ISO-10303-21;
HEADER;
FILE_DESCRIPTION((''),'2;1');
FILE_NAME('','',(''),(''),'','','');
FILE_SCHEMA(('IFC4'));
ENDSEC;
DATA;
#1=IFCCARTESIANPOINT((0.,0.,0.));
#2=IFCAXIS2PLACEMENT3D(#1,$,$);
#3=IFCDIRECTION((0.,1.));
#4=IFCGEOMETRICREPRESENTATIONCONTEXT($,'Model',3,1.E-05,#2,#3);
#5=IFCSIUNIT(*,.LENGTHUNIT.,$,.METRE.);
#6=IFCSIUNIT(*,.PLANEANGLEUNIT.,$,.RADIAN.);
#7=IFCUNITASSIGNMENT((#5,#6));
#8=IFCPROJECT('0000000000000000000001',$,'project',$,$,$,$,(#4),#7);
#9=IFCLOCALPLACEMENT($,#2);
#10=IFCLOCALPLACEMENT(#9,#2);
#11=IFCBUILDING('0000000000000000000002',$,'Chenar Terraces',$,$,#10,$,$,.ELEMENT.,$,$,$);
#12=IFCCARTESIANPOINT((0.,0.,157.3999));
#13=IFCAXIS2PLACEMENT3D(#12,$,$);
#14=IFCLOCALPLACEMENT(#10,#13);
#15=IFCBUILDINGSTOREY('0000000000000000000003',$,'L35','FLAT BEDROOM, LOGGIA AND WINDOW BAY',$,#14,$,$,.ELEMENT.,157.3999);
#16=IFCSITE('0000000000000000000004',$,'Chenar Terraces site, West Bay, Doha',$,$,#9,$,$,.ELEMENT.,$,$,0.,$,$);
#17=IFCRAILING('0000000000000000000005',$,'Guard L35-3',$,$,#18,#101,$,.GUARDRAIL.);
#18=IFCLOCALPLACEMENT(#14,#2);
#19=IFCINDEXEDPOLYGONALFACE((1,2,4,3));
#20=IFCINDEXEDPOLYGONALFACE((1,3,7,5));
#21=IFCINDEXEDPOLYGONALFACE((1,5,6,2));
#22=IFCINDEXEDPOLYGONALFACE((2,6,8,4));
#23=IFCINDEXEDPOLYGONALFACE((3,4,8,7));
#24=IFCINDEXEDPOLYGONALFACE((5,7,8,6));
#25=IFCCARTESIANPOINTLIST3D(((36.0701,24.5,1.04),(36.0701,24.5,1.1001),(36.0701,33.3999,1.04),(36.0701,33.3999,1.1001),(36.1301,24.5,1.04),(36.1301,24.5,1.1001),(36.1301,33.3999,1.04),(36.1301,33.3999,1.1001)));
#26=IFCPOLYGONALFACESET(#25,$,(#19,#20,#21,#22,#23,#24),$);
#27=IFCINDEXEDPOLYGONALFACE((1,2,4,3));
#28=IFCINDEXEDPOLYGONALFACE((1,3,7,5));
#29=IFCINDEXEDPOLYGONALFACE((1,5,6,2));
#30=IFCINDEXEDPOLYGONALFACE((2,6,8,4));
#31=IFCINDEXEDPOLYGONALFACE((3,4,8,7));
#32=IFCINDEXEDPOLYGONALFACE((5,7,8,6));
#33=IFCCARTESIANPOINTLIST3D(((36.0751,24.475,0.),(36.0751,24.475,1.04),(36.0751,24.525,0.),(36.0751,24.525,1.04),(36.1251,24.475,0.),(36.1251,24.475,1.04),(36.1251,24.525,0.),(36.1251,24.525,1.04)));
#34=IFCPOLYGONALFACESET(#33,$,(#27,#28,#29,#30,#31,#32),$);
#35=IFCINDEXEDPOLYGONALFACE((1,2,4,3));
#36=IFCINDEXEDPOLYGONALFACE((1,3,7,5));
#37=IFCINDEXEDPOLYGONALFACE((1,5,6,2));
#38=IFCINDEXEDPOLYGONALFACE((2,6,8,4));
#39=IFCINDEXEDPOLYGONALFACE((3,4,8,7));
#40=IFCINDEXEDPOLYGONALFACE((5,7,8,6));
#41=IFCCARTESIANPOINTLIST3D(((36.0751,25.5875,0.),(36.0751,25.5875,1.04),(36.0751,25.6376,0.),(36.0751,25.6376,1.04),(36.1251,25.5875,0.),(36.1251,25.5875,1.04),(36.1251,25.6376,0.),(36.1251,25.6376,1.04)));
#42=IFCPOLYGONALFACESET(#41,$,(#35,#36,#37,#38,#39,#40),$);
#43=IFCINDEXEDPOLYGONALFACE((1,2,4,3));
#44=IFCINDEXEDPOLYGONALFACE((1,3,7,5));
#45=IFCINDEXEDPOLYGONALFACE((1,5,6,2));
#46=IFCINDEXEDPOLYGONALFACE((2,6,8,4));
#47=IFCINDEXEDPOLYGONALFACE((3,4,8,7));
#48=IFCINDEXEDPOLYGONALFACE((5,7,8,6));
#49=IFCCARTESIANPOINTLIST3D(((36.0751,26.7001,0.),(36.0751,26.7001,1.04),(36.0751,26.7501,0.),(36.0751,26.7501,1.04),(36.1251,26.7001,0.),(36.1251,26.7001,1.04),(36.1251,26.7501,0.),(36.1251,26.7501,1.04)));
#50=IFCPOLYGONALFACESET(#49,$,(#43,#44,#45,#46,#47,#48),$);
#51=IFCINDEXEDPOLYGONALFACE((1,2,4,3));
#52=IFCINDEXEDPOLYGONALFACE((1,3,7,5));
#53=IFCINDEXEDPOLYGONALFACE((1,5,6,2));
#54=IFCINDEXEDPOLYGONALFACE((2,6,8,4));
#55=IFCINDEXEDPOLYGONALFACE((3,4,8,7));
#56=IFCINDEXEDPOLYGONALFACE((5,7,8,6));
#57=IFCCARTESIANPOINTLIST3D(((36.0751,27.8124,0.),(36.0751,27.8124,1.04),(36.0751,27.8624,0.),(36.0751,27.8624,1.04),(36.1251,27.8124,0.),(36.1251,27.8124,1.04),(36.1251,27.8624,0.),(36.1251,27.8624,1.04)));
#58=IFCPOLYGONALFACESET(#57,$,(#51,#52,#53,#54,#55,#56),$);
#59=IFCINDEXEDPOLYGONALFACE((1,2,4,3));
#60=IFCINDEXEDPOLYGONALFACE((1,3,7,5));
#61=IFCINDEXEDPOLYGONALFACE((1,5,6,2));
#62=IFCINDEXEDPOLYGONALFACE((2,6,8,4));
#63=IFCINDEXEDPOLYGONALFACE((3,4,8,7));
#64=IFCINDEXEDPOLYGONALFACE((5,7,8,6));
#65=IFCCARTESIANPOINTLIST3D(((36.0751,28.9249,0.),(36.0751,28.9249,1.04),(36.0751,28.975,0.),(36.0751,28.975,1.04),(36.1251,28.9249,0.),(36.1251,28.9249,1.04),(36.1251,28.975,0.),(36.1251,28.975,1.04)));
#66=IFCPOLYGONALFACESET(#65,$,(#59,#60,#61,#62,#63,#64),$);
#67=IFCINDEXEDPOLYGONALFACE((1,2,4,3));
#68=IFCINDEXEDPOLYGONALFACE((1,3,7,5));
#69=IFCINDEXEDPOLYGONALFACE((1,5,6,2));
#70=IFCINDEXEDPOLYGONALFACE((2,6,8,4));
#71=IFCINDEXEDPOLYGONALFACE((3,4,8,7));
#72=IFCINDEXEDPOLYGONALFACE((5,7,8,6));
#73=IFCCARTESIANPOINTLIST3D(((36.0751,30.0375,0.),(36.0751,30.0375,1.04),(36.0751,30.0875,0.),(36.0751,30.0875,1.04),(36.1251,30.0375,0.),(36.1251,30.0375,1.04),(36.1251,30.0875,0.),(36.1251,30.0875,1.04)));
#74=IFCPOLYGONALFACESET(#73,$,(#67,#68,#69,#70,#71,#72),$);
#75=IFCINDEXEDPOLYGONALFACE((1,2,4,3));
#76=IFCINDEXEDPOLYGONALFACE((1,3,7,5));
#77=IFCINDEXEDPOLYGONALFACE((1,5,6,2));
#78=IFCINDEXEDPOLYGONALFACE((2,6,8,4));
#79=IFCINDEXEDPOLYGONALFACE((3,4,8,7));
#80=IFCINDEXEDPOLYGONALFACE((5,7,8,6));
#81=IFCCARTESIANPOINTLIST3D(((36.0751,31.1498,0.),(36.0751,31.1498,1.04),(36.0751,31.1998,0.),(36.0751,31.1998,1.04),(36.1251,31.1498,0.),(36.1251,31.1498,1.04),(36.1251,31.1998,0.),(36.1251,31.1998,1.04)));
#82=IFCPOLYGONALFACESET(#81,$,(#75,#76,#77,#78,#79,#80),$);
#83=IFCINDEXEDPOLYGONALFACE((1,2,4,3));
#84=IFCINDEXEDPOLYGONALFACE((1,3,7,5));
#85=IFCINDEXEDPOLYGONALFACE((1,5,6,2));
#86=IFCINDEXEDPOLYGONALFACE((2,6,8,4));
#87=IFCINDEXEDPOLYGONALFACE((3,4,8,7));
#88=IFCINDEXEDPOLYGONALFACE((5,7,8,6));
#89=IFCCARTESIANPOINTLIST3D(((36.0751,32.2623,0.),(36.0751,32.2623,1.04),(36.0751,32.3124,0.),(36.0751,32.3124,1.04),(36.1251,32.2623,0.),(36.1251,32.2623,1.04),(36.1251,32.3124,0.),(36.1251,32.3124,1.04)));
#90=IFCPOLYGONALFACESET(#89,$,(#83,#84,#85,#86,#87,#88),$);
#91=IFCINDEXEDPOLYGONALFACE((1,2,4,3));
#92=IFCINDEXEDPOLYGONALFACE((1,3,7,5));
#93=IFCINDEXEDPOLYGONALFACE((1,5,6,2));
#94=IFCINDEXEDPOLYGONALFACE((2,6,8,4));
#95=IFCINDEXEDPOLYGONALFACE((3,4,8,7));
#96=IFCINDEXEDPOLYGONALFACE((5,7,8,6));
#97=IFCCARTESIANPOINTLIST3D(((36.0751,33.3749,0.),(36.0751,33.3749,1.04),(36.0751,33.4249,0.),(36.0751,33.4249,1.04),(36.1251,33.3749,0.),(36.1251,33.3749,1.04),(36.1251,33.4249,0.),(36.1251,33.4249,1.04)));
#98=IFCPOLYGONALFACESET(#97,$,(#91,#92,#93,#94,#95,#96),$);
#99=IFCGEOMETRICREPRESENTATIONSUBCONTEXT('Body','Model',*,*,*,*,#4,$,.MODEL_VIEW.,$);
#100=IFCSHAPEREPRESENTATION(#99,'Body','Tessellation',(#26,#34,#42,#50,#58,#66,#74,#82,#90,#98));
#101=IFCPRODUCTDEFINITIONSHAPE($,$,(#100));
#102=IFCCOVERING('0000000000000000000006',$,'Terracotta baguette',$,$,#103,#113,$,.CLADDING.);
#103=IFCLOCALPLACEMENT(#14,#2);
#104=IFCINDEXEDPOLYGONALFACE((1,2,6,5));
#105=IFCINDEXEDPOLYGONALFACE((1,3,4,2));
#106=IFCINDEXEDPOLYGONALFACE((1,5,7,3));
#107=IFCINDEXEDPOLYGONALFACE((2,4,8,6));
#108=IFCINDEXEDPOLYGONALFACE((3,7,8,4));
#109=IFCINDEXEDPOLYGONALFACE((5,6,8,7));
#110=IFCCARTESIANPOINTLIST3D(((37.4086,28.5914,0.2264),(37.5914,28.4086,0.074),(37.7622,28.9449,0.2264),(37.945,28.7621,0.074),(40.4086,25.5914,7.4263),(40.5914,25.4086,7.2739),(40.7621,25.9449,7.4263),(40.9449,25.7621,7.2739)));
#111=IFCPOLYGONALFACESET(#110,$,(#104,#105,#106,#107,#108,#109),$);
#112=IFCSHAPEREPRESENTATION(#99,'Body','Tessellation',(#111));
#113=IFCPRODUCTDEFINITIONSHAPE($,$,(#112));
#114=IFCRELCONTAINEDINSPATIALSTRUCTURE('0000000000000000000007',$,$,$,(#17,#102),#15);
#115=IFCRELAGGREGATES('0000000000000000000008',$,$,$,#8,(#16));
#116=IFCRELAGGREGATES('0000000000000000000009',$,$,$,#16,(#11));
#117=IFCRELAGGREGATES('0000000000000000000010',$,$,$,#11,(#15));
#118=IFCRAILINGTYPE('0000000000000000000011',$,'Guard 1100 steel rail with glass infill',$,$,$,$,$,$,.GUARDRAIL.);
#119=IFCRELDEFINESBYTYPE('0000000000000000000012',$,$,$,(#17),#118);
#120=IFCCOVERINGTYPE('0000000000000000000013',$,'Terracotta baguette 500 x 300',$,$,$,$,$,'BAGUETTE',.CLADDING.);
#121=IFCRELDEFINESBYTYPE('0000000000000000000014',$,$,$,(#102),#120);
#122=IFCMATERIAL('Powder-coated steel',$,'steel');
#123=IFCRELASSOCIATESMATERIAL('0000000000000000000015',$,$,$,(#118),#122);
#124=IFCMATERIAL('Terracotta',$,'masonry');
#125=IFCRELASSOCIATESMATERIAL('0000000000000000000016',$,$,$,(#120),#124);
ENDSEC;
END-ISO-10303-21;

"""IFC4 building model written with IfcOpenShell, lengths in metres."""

from ifc_helpers import new_model, si_unit, direction, frame, origin, origin_2d, place, context, subcontext, project, spatial, rectangle, extrude, material, material_profile, profile_set, type_object, element, save


model = new_model("IFC4")

# Units and contexts
model_context = context("Model", 3, precision=1e-05, world=origin(), true_north=direction((0.0, 1.0)))
body_context = subcontext(model_context, "Body", "Model", "MODEL_VIEW")
ifc_project = project(units=[si_unit("LENGTHUNIT", "METRE"), si_unit("PLANEANGLEUNIT", "RADIAN")], contexts=[model_context])

# Site, building, storey
site_placement = place(None, origin())
site = spatial("IfcSite", under=ifc_project, at=site_placement, Name="Chenar Terraces site, West Bay, Doha", CompositionType="ELEMENT", RefElevation=0.0)
building_placement = place(site_placement, origin())
building = spatial("IfcBuilding", under=site, at=building_placement, Name="Chenar Terraces", CompositionType="ELEMENT")
storey_placement = place(building_placement, frame((0.0, 0.0, 157.3999)))
storey = spatial("IfcBuildingStorey", under=building, at=storey_placement, Name="L35", Description="FLAT BEDROOM, LOGGIA AND WINDOW BAY", CompositionType="ELEMENT", Elevation=157.3999)

# Railing
ifc_material_1 = material(Name="Powder-coated steel", Category="steel")
railing_type = type_object("IfcRailingType", Name="Guard 1100 steel rail with glass infill", PredefinedType="GUARDRAIL", material=ifc_material_1)
railing_placement = place(storey_placement, frame((36.1001, 24.5, 0.0)))
element("IfcRailing", 1, at=railing_placement, inside=storey, type_object=railing_type, Name="Guard L35-3", PredefinedType="GUARDRAIL", context=body_context, shape_type="SweptSolid", body=[
    extrude(rectangle(XDim=0.0601, YDim=0.0601, at=origin_2d()), frame((0.0, 0.0, 1.0701), z_axis=(0.0, 1.0, 0.0), x_axis=(-1.0, 0.0, 0.0)), (0.0, 0.0, 1.0), 8.8999),
    extrude(rectangle(XDim=0.05, YDim=0.05, at=origin_2d()), origin(), (0.0, 0.0, 1.0), 1.04),
    extrude(rectangle(XDim=0.05, YDim=0.05, at=origin_2d()), frame((0.0, 1.1125, 0.0)), (0.0, 0.0, 1.0), 1.04),
    extrude(rectangle(XDim=0.05, YDim=0.05, at=origin_2d()), frame((0.0, 2.2251, 0.0)), (0.0, 0.0, 1.0), 1.04),
    extrude(rectangle(XDim=0.05, YDim=0.05, at=origin_2d()), frame((0.0, 3.3374, 0.0)), (0.0, 0.0, 1.0), 1.04),
    extrude(rectangle(XDim=0.05, YDim=0.05, at=origin_2d()), frame((0.0, 4.45, 0.0)), (0.0, 0.0, 1.0), 1.04),
    extrude(rectangle(XDim=0.05, YDim=0.05, at=origin_2d()), frame((0.0, 5.5625, 0.0)), (0.0, 0.0, 1.0), 1.04),
    extrude(rectangle(XDim=0.05, YDim=0.05, at=origin_2d()), frame((0.0, 6.6748, 0.0)), (0.0, 0.0, 1.0), 1.04),
    extrude(rectangle(XDim=0.05, YDim=0.05, at=origin_2d()), frame((0.0, 7.7874, 0.0)), (0.0, 0.0, 1.0), 1.04),
    extrude(rectangle(XDim=0.05, YDim=0.05, at=origin_2d()), frame((0.0, 8.8999, 0.0)), (0.0, 0.0, 1.0), 1.04),
])

# Covering
ifc_material_2 = material(Name="Terracotta", Category="masonry")
ifc_material_profile_1 = material_profile(ifc_material_2, rectangle(XDim=0.5, YDim=0.3, at=origin_2d()), Name="Terracotta baguette 500 x 300")
ifc_profile_set_1 = profile_set([ifc_material_profile_1], Name="Terracotta")
covering_type = type_object("IfcCoveringType", Name="Terracotta baguette 500 x 300", ElementType="BAGUETTE", PredefinedType="CLADDING", material=ifc_profile_set_1)
covering_placement = place(storey_placement, frame((40.6768, 25.6768, 7.3501), z_axis=(-0.358981, 0.358981, -0.861548), x_axis=(-0.707107, -0.707107, 0.0)))
element("IfcCovering", 2, at=covering_placement, inside=storey, type_object=covering_type, Name="Terracotta baguette", PredefinedType="CLADDING", context=body_context, shape_type="SweptSolid", body=[
    extrude(rectangle(XDim=0.5, YDim=0.3, at=origin_2d()), origin(), (0.0, 0.0, 1.0), 8.3569),
])

save(model, "model.ifc")
